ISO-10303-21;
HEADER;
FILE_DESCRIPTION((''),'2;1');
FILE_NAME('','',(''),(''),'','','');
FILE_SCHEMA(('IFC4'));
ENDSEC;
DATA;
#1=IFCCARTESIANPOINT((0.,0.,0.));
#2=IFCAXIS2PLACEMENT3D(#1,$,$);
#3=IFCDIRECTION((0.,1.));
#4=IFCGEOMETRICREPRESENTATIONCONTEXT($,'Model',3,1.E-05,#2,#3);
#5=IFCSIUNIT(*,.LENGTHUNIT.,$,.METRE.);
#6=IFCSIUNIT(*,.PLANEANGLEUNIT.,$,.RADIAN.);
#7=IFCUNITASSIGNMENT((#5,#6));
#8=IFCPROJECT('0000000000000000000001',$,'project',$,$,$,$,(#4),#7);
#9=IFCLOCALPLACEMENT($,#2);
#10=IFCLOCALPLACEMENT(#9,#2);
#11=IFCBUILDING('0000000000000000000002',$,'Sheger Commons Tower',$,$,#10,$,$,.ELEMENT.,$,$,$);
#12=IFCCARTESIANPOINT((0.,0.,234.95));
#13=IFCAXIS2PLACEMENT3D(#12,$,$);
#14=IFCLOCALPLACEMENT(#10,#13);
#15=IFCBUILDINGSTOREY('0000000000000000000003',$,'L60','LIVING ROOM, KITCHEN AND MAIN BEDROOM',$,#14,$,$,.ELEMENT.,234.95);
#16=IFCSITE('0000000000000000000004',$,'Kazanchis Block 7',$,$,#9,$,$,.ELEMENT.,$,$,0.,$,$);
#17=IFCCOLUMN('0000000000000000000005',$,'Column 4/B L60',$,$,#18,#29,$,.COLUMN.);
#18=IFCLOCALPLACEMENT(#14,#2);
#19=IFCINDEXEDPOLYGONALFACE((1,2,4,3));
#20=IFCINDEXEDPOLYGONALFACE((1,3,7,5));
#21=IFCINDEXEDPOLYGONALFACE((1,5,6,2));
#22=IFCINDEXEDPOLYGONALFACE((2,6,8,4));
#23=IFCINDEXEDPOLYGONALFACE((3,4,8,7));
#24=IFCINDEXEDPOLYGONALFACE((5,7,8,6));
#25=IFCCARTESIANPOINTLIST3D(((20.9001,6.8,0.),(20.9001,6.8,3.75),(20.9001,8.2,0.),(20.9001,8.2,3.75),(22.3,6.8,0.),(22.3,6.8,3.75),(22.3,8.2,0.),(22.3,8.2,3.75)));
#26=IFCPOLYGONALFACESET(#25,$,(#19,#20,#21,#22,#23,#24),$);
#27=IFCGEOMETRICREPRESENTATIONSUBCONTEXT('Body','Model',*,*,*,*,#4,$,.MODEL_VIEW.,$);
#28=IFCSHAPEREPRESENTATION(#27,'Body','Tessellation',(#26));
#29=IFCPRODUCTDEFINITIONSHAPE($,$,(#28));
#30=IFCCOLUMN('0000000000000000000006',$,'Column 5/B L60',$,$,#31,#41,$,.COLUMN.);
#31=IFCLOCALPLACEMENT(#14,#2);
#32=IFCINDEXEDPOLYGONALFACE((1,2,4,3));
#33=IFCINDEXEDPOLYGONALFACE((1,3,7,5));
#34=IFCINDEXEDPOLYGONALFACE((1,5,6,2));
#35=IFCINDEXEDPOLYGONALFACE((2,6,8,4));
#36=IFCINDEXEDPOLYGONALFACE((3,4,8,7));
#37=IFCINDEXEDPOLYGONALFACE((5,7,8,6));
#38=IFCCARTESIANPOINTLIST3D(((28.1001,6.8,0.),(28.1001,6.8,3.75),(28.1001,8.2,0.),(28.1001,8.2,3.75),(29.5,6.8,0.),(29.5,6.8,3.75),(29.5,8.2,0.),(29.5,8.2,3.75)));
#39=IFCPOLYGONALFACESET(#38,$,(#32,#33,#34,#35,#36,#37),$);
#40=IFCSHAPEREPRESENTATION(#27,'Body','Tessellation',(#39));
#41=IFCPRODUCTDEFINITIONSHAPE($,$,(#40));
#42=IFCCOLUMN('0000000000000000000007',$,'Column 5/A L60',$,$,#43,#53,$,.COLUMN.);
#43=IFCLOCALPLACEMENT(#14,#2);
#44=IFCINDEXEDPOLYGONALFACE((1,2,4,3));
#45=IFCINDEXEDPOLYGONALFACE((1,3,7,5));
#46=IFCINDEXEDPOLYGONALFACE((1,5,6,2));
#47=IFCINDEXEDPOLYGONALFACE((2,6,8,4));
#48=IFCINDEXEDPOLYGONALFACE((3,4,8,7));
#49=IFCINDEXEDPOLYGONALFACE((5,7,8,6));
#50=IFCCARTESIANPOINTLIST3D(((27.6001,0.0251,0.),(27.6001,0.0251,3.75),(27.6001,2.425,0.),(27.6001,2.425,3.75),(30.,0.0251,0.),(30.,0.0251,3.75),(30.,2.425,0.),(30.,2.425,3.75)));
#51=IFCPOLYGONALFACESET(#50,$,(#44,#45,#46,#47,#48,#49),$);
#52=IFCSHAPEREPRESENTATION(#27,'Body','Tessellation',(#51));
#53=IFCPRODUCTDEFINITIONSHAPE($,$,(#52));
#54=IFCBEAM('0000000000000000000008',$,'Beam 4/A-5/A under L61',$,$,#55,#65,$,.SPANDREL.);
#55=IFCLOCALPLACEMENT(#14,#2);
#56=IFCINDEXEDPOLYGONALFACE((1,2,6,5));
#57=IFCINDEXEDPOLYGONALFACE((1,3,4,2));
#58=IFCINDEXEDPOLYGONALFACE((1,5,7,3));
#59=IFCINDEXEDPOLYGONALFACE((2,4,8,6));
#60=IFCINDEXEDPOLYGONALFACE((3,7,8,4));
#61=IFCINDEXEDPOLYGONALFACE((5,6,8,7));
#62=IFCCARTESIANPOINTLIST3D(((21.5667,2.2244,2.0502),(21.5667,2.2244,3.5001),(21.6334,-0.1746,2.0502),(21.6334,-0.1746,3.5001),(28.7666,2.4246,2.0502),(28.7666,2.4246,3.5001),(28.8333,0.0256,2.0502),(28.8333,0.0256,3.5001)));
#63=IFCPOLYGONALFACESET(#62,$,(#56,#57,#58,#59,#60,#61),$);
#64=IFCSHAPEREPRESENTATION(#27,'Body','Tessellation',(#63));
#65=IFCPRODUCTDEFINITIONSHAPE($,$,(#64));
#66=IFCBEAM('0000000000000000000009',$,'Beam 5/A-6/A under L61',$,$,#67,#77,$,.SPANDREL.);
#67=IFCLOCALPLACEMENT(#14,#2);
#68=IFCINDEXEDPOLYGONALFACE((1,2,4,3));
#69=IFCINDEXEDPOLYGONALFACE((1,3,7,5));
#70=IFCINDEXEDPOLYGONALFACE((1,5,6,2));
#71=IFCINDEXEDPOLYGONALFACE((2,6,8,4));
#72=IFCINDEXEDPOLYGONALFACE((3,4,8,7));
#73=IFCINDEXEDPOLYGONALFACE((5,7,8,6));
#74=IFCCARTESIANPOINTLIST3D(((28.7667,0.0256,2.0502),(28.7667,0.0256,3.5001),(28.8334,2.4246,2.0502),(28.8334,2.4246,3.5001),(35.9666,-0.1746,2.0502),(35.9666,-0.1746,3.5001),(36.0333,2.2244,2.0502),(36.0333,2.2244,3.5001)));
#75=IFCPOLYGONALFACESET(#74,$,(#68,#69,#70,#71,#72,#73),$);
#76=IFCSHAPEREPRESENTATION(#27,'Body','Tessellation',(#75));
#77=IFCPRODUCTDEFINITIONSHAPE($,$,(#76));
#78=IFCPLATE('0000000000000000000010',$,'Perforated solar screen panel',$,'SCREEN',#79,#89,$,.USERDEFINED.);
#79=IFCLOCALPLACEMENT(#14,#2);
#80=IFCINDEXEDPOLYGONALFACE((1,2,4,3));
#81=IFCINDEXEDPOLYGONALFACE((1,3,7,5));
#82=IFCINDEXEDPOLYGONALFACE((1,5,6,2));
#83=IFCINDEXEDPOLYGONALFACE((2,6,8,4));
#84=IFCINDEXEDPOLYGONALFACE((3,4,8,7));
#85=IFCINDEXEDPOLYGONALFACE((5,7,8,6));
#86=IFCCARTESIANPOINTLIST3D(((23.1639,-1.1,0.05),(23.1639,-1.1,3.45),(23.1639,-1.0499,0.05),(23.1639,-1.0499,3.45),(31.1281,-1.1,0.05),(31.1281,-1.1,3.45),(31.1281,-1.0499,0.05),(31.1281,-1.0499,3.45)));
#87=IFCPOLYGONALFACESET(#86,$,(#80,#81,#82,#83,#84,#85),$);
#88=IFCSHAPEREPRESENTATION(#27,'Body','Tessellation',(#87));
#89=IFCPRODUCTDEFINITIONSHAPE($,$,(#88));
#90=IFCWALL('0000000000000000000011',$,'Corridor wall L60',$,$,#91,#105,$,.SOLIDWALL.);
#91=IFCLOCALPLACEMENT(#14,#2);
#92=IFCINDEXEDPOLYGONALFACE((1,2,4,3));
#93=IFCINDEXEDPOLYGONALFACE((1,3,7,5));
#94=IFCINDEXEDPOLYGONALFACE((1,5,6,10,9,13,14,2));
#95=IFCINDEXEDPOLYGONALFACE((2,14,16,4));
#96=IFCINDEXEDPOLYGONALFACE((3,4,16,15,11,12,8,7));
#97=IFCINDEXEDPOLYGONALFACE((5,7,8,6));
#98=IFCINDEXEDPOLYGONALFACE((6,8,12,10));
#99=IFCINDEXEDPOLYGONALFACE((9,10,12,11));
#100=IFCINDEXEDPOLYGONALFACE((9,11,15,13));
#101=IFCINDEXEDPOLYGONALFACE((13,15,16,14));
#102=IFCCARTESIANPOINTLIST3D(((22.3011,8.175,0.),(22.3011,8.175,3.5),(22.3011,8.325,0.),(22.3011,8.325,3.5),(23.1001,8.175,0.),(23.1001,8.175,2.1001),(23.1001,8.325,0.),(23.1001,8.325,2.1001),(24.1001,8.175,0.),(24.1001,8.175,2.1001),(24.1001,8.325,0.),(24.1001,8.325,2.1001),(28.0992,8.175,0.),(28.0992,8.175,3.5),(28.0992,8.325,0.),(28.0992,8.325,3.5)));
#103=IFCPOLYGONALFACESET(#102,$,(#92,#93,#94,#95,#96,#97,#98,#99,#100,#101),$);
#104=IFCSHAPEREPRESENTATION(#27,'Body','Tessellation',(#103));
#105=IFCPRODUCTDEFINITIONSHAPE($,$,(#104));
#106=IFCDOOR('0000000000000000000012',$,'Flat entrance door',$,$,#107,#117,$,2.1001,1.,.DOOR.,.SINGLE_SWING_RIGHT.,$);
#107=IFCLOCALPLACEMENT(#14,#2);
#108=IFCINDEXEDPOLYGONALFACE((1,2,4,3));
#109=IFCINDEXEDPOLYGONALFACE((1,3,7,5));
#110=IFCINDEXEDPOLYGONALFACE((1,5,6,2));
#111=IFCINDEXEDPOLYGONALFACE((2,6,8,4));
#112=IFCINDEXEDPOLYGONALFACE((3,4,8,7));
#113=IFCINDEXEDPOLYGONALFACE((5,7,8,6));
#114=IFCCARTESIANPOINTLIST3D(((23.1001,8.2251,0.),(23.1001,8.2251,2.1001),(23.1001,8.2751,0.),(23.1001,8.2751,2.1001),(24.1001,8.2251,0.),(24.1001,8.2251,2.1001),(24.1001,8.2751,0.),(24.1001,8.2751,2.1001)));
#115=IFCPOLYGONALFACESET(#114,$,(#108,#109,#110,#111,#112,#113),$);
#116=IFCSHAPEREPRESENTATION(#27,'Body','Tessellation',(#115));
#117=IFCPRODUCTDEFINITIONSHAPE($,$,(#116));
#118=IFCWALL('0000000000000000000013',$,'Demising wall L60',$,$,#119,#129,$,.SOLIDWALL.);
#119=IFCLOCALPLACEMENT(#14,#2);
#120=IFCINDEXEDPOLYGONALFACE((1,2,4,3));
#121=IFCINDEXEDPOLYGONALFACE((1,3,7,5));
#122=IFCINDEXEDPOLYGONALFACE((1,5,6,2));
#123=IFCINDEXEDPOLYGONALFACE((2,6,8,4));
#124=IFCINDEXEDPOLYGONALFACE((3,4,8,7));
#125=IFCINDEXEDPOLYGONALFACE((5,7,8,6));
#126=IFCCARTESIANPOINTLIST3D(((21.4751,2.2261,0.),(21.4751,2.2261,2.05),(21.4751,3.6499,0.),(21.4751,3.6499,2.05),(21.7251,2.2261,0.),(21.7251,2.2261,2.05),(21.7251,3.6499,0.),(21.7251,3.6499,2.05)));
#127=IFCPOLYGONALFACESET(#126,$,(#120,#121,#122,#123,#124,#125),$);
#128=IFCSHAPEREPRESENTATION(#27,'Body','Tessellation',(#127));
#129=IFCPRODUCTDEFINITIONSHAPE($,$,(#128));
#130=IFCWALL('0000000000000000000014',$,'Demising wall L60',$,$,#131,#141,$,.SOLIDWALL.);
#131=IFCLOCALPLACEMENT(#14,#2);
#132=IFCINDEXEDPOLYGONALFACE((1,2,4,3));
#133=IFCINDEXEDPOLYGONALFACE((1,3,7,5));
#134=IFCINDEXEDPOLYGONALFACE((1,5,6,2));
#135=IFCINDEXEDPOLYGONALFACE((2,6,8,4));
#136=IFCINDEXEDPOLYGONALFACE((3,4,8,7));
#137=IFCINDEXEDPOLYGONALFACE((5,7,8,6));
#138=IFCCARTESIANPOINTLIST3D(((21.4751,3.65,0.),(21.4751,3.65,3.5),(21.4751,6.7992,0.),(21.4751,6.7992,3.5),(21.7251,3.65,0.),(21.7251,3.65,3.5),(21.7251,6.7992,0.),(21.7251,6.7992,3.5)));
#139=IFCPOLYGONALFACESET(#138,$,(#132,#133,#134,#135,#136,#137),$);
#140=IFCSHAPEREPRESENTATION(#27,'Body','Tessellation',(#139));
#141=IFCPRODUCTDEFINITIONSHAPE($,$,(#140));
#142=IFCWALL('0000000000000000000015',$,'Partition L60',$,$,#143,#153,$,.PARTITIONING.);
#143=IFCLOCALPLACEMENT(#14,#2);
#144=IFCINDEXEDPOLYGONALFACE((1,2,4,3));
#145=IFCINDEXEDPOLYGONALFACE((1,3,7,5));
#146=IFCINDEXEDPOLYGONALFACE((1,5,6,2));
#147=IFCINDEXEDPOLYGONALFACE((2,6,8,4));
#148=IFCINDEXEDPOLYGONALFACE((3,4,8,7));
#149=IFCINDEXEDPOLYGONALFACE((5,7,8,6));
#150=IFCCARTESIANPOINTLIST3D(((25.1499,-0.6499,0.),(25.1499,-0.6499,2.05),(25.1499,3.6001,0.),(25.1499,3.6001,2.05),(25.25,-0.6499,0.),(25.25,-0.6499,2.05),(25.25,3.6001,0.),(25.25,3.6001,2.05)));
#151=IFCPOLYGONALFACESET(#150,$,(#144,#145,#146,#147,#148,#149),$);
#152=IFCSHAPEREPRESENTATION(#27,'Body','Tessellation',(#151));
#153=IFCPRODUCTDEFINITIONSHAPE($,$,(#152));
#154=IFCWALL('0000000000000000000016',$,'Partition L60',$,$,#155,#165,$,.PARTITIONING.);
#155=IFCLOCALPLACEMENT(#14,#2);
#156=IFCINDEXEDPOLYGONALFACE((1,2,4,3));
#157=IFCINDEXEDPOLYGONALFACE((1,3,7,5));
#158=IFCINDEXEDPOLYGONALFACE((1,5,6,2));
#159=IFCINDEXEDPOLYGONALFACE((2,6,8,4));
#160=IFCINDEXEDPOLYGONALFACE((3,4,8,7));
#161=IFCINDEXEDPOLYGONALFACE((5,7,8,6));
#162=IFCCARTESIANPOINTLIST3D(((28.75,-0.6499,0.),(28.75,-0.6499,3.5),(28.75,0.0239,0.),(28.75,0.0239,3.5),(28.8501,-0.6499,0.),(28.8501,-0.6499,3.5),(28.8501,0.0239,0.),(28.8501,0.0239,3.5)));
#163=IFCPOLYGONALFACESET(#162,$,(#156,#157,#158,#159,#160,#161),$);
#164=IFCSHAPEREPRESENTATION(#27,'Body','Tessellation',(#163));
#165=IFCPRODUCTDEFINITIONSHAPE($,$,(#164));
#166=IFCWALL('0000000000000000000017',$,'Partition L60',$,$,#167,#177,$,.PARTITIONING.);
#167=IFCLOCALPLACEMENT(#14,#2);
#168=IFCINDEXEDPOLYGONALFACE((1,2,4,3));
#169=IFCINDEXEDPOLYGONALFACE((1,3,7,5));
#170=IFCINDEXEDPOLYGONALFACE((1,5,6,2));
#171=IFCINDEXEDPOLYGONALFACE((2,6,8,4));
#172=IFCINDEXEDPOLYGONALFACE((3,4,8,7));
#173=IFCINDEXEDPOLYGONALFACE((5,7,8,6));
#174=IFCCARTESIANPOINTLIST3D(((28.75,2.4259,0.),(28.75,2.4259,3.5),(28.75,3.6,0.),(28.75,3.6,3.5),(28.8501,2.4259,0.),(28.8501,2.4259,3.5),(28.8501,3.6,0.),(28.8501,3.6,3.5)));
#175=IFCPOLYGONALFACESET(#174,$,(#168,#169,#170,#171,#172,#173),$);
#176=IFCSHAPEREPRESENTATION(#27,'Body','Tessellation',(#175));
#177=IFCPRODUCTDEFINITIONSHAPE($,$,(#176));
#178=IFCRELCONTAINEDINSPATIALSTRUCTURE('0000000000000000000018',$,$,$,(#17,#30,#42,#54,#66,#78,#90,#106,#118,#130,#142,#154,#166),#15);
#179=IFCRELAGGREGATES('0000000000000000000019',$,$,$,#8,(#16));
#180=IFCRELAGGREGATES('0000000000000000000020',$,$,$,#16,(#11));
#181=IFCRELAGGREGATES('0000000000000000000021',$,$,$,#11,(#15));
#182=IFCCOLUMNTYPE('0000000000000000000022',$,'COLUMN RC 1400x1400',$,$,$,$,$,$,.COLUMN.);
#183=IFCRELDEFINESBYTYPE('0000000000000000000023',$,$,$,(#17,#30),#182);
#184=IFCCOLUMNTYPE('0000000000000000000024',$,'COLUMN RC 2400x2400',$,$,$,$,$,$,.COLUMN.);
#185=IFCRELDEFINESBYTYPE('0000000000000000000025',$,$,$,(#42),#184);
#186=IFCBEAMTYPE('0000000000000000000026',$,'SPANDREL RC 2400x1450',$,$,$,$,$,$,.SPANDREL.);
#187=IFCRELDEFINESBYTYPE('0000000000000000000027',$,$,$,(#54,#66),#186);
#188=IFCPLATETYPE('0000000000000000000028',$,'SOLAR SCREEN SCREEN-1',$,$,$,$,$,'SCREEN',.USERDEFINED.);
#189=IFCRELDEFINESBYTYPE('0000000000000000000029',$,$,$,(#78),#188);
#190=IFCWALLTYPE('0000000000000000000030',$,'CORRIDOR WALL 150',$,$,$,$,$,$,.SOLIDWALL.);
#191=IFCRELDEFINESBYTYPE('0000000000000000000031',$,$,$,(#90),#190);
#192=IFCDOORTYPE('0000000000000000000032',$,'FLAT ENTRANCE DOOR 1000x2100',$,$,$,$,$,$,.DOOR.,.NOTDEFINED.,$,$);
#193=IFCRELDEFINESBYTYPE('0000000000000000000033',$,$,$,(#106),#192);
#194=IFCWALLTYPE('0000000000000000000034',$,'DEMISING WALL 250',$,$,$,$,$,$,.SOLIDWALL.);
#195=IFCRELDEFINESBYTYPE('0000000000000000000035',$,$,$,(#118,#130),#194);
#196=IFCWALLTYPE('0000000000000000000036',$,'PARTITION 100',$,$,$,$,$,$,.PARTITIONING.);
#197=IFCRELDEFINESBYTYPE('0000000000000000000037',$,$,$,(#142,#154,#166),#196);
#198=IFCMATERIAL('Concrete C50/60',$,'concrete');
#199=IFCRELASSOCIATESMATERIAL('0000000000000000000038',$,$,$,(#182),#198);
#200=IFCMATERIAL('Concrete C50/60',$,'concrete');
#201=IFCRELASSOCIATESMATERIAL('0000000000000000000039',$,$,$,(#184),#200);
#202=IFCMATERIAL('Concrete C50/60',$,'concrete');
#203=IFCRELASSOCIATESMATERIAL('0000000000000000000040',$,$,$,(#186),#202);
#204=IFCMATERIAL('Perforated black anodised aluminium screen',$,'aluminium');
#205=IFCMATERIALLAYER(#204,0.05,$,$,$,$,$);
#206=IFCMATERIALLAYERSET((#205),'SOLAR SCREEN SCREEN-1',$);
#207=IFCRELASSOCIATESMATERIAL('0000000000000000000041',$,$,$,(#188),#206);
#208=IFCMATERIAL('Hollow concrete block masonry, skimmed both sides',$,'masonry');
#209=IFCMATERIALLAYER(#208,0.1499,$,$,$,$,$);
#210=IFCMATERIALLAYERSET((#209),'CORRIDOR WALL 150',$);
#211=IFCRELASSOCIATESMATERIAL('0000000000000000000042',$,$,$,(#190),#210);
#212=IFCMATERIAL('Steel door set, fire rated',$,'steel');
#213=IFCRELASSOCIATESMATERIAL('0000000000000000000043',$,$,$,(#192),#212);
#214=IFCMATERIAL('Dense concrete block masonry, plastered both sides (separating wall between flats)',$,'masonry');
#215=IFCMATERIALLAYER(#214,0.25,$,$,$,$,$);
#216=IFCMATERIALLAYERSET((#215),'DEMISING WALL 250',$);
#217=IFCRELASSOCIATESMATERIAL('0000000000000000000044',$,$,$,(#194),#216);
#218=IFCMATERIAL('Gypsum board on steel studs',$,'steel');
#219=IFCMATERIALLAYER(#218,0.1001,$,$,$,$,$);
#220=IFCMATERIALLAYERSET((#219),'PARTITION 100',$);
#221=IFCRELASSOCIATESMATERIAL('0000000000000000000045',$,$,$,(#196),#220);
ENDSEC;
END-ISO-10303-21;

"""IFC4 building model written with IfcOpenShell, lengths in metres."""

from ifc_helpers import new_model, si_unit, direction, frame, frame_2d, origin, origin_2d, place, context, subcontext, project, spatial, rectangle, extrude, material, layer, layer_set, material_profile, profile_set, type_object, element, fill, save


model = new_model("IFC4")

# Units and contexts
model_context = context("Model", 3, precision=1e-05, world=origin(), true_north=direction((0.0, 1.0)))
body_context = subcontext(model_context, "Body", "Model", "MODEL_VIEW")
ifc_project = project(units=[si_unit("LENGTHUNIT", "METRE"), si_unit("PLANEANGLEUNIT", "RADIAN")], contexts=[model_context])

# Site, building, storey
site_placement = place(None, origin())
site = spatial("IfcSite", under=ifc_project, at=site_placement, Name="Kazanchis Block 7", CompositionType="ELEMENT", RefElevation=0.0)
building_placement = place(site_placement, origin())
building = spatial("IfcBuilding", under=site, at=building_placement, Name="Sheger Commons Tower", CompositionType="ELEMENT")
storey_placement = place(building_placement, frame((0.0, 0.0, 234.95)))
storey = spatial("IfcBuildingStorey", under=building, at=storey_placement, Name="L60", Description="LIVING ROOM, KITCHEN AND MAIN BEDROOM", CompositionType="ELEMENT", Elevation=234.95)

# Columns
ifc_material_1 = material(Name="Concrete C50/60", Category="concrete")
ifc_material_profile_1 = material_profile(ifc_material_1, rectangle(XDim=1.3999, YDim=1.3999, at=origin_2d()), Name="RC 1400x1400")
ifc_profile_set_1 = profile_set([ifc_material_profile_1], Name="Concrete C50/60")
column_type_1 = type_object("IfcColumnType", Name="COLUMN RC 1400x1400", PredefinedType="COLUMN", material=ifc_profile_set_1)
for number, where, z_axis, x_axis, name in (
    (1, (21.6001, 7.5, 0.0), (0.0, 0.0, 1.0), (1.0, 0.0, 0.0), "Column 4/B L60"),
    (2, (28.8, 7.5, 0.0), (0.0, 0.0, 1.0), (1.0, 0.0, 0.0), "Column 5/B L60"),
):
    element("IfcColumn", number, at=place(storey_placement, frame(where, z_axis=z_axis, x_axis=x_axis)), inside=storey, type_object=column_type_1, Name=name, PredefinedType="COLUMN", context=body_context, shape_type="SweptSolid", body=[
        extrude(rectangle(XDim=1.3999, YDim=1.3999, at=origin_2d()), origin(), (0.0, 0.0, 1.0), 3.75),
    ])
ifc_material_2 = material(Name="Concrete C50/60", Category="concrete")
ifc_material_profile_2 = material_profile(ifc_material_2, rectangle(XDim=2.3999, YDim=2.3999, at=origin_2d()), Name="RC 2400x2400")
ifc_profile_set_2 = profile_set([ifc_material_profile_2], Name="Concrete C50/60")
column_type_2 = type_object("IfcColumnType", Name="COLUMN RC 2400x2400", PredefinedType="COLUMN", material=ifc_profile_set_2)
column_placement = place(storey_placement, frame((28.8, 1.2251, 0.0), z_axis=(0.0, 0.0, 1.0), x_axis=(1.0, 0.0, 0.0)))
element("IfcColumn", 3, at=column_placement, inside=storey, type_object=column_type_2, Name="Column 5/A L60", PredefinedType="COLUMN", context=body_context, shape_type="SweptSolid", body=[
    extrude(rectangle(XDim=2.3999, YDim=2.3999, at=origin_2d()), origin(), (0.0, 0.0, 1.0), 3.75),
])

# Beams
ifc_material_3 = material(Name="Concrete C50/60", Category="concrete")
ifc_material_profile_3 = material_profile(ifc_material_3, rectangle(XDim=2.3999, YDim=1.45, at=origin_2d()), Name="RC 2400x1450")
ifc_profile_set_3 = profile_set([ifc_material_profile_3], Name="Concrete C50/60")
beam_type = type_object("IfcBeamType", Name="SPANDREL RC 2400x1450", PredefinedType="SPANDREL", material=ifc_profile_set_3)
for number, where, z_axis, x_axis, name in (
    (4, (21.6001, 1.0249, 2.7751), (0.999614, 0.027794, 0.0), (-0.027794, 0.999614, 0.0), "Beam 4/A-5/A under L61"),
    (5, (28.8, 1.2251, 2.7751), (0.999614, -0.027794, 0.0), (0.027794, 0.999614, 0.0), "Beam 5/A-6/A under L61"),
):
    element("IfcBeam", number, at=place(storey_placement, frame(where, z_axis=z_axis, x_axis=x_axis)), inside=storey, type_object=beam_type, Name=name, PredefinedType="SPANDREL", context=body_context, shape_type="SweptSolid", body=[
        extrude(rectangle(XDim=2.3999, YDim=1.45, at=origin_2d()), origin(), (0.0, 0.0, 1.0), 7.2026),
    ])

# Plate
ifc_material_4 = material(Name="Perforated black anodised aluminium screen", Category="aluminium")
ifc_layer_1 = layer(ifc_material_4, 0.05)
ifc_layer_set_1 = layer_set([ifc_layer_1], Name="SOLAR SCREEN SCREEN-1")
plate_type = type_object("IfcPlateType", Name="SOLAR SCREEN SCREEN-1", ElementType="SCREEN", PredefinedType="USERDEFINED", material=ifc_layer_set_1)
plate_placement = place(storey_placement, frame((27.146, -1.075, 0.05), z_axis=(0.0, 0.0, 1.0), x_axis=(1.0, 0.0, 0.0)))
element("IfcPlate", 6, at=plate_placement, inside=storey, type_object=plate_type, Name="Perforated solar screen panel", ObjectType="SCREEN", PredefinedType="USERDEFINED", context=body_context, shape_type="SweptSolid", body=[
    extrude(rectangle(XDim=7.9641, YDim=0.05, at=origin_2d()), origin(), (0.0, 0.0, 1.0), 3.3999),
])

# Wall, opening, door
ifc_material_5 = material(Name="Hollow concrete block masonry, skimmed both sides", Category="masonry")
ifc_layer_2 = layer(ifc_material_5, 0.1499)
ifc_layer_set_2 = layer_set([ifc_layer_2], Name="CORRIDOR WALL 150")
wall_type_1 = type_object("IfcWallType", Name="CORRIDOR WALL 150", PredefinedType="SOLIDWALL", material=ifc_layer_set_2)
wall_1_placement = place(storey_placement, frame((28.0991, 8.25, 0.0), z_axis=(0.0, 0.0, 1.0), x_axis=(-1.0, 0.0, 0.0)))
wall_1 = element("IfcWall", 7, at=wall_1_placement, inside=storey, type_object=wall_type_1, Name="Corridor wall L60", PredefinedType="SOLIDWALL", context=body_context, shape_type="SweptSolid", body=[
    extrude(rectangle(XDim=5.7981, YDim=0.1499, at=frame_2d((2.8989, 0.0))), origin(), (0.0, 0.0, 1.0), 3.5),
])
opening_placement = place(wall_1_placement, frame((3.999, 0.0, 0.0)))
opening = element("IfcOpeningElement", 8, at=opening_placement, cuts=wall_1, PredefinedType="OPENING", context=body_context, shape_type="SweptSolid", body=[
    extrude(rectangle(XDim=1.0, YDim=2.1001, at=frame_2d((0.5, 1.05))), frame((0.0, 0.085, 0.0), z_axis=(0.0, -1.0, 0.0), x_axis=(1.0, 0.0, 0.0)), (0.0, 0.0, 1.0), 0.1699),
])
ifc_material_6 = material(Name="Steel door set, fire rated", Category="steel")
door_type = type_object("IfcDoorType", Name="FLAT ENTRANCE DOOR 1000x2100", OperationType="NOTDEFINED", PredefinedType="DOOR", material=ifc_material_6)
door_placement = place(opening_placement, origin())
door = element("IfcDoor", 9, at=door_placement, inside=storey, type_object=door_type, Name="Flat entrance door", OperationType="SINGLE_SWING_RIGHT", OverallHeight=2.1001, OverallWidth=1.0, PredefinedType="DOOR", context=body_context, shape_type="SweptSolid", body=[
    extrude(rectangle(XDim=1.0, YDim=2.1001, at=frame_2d((0.5, 1.05))), frame((0.0, 0.0249, 0.0), z_axis=(0.0, -1.0, 0.0), x_axis=(1.0, 0.0, 0.0)), (0.0, 0.0, 1.0), 0.05),
])
fill(opening, door)

# Walls
ifc_material_7 = material(Name="Dense concrete block masonry, plastered both sides (separating wall between flats)", Category="masonry")
ifc_layer_3 = layer(ifc_material_7, 0.25)
ifc_layer_set_3 = layer_set([ifc_layer_3], Name="DEMISING WALL 250")
wall_type_2 = type_object("IfcWallType", Name="DEMISING WALL 250", PredefinedType="SOLIDWALL", material=ifc_layer_set_3)
wall_2_placement = place(storey_placement, frame((21.6001, 2.2261, 0.0), z_axis=(0.0, 0.0, 1.0), x_axis=(0.0, 1.0, 0.0)))
element("IfcWall", 10, at=wall_2_placement, inside=storey, type_object=wall_type_2, Name="Demising wall L60", PredefinedType="SOLIDWALL", context=body_context, shape_type="SweptSolid", body=[
    extrude(rectangle(XDim=1.4238, YDim=0.25, at=frame_2d((0.7119, 0.0))), origin(), (0.0, 0.0, 1.0), 2.05),
])
wall_3_placement = place(storey_placement, frame((21.6001, 3.6499, 0.0), z_axis=(0.0, 0.0, 1.0), x_axis=(0.0, 1.0, 0.0)))
element("IfcWall", 11, at=wall_3_placement, inside=storey, type_object=wall_type_2, Name="Demising wall L60", PredefinedType="SOLIDWALL", context=body_context, shape_type="SweptSolid", body=[
    extrude(rectangle(XDim=3.1492, YDim=0.25, at=frame_2d((1.5747, 0.0))), origin(), (0.0, 0.0, 1.0), 3.5),
])
ifc_material_8 = material(Name="Gypsum board on steel studs", Category="steel")
ifc_layer_4 = layer(ifc_material_8, 0.1001)
ifc_layer_set_4 = layer_set([ifc_layer_4], Name="PARTITION 100")
wall_type_3 = type_object("IfcWallType", Name="PARTITION 100", PredefinedType="PARTITIONING", material=ifc_layer_set_4)
wall_4_placement = place(storey_placement, frame((25.2, -0.6499, 0.0), z_axis=(0.0, 0.0, 1.0), x_axis=(0.0, 1.0, 0.0)))
element("IfcWall", 12, at=wall_4_placement, inside=storey, type_object=wall_type_3, Name="Partition L60", PredefinedType="PARTITIONING", context=body_context, shape_type="SweptSolid", body=[
    extrude(rectangle(XDim=4.25, YDim=0.1001, at=frame_2d((2.125, 0.0))), origin(), (0.0, 0.0, 1.0), 2.05),
])
wall_5_placement = place(storey_placement, frame((28.8, -0.6499, 0.0), z_axis=(0.0, 0.0, 1.0), x_axis=(0.0, 1.0, 0.0)))
element("IfcWall", 13, at=wall_5_placement, inside=storey, type_object=wall_type_3, Name="Partition L60", PredefinedType="PARTITIONING", context=body_context, shape_type="SweptSolid", body=[
    extrude(rectangle(XDim=0.6738, YDim=0.1001, at=frame_2d((0.3369, 0.0))), origin(), (0.0, 0.0, 1.0), 3.5),
])
wall_6_placement = place(storey_placement, frame((28.8, 2.426, 0.0), z_axis=(0.0, 0.0, 1.0), x_axis=(0.0, 1.0, 0.0)))
element("IfcWall", 14, at=wall_6_placement, inside=storey, type_object=wall_type_3, Name="Partition L60", PredefinedType="PARTITIONING", context=body_context, shape_type="SweptSolid", body=[
    extrude(rectangle(XDim=1.1741, YDim=0.1001, at=frame_2d((0.5869, 0.0))), origin(), (0.0, 0.0, 1.0), 3.5),
])

save(model, "model.ifc")
